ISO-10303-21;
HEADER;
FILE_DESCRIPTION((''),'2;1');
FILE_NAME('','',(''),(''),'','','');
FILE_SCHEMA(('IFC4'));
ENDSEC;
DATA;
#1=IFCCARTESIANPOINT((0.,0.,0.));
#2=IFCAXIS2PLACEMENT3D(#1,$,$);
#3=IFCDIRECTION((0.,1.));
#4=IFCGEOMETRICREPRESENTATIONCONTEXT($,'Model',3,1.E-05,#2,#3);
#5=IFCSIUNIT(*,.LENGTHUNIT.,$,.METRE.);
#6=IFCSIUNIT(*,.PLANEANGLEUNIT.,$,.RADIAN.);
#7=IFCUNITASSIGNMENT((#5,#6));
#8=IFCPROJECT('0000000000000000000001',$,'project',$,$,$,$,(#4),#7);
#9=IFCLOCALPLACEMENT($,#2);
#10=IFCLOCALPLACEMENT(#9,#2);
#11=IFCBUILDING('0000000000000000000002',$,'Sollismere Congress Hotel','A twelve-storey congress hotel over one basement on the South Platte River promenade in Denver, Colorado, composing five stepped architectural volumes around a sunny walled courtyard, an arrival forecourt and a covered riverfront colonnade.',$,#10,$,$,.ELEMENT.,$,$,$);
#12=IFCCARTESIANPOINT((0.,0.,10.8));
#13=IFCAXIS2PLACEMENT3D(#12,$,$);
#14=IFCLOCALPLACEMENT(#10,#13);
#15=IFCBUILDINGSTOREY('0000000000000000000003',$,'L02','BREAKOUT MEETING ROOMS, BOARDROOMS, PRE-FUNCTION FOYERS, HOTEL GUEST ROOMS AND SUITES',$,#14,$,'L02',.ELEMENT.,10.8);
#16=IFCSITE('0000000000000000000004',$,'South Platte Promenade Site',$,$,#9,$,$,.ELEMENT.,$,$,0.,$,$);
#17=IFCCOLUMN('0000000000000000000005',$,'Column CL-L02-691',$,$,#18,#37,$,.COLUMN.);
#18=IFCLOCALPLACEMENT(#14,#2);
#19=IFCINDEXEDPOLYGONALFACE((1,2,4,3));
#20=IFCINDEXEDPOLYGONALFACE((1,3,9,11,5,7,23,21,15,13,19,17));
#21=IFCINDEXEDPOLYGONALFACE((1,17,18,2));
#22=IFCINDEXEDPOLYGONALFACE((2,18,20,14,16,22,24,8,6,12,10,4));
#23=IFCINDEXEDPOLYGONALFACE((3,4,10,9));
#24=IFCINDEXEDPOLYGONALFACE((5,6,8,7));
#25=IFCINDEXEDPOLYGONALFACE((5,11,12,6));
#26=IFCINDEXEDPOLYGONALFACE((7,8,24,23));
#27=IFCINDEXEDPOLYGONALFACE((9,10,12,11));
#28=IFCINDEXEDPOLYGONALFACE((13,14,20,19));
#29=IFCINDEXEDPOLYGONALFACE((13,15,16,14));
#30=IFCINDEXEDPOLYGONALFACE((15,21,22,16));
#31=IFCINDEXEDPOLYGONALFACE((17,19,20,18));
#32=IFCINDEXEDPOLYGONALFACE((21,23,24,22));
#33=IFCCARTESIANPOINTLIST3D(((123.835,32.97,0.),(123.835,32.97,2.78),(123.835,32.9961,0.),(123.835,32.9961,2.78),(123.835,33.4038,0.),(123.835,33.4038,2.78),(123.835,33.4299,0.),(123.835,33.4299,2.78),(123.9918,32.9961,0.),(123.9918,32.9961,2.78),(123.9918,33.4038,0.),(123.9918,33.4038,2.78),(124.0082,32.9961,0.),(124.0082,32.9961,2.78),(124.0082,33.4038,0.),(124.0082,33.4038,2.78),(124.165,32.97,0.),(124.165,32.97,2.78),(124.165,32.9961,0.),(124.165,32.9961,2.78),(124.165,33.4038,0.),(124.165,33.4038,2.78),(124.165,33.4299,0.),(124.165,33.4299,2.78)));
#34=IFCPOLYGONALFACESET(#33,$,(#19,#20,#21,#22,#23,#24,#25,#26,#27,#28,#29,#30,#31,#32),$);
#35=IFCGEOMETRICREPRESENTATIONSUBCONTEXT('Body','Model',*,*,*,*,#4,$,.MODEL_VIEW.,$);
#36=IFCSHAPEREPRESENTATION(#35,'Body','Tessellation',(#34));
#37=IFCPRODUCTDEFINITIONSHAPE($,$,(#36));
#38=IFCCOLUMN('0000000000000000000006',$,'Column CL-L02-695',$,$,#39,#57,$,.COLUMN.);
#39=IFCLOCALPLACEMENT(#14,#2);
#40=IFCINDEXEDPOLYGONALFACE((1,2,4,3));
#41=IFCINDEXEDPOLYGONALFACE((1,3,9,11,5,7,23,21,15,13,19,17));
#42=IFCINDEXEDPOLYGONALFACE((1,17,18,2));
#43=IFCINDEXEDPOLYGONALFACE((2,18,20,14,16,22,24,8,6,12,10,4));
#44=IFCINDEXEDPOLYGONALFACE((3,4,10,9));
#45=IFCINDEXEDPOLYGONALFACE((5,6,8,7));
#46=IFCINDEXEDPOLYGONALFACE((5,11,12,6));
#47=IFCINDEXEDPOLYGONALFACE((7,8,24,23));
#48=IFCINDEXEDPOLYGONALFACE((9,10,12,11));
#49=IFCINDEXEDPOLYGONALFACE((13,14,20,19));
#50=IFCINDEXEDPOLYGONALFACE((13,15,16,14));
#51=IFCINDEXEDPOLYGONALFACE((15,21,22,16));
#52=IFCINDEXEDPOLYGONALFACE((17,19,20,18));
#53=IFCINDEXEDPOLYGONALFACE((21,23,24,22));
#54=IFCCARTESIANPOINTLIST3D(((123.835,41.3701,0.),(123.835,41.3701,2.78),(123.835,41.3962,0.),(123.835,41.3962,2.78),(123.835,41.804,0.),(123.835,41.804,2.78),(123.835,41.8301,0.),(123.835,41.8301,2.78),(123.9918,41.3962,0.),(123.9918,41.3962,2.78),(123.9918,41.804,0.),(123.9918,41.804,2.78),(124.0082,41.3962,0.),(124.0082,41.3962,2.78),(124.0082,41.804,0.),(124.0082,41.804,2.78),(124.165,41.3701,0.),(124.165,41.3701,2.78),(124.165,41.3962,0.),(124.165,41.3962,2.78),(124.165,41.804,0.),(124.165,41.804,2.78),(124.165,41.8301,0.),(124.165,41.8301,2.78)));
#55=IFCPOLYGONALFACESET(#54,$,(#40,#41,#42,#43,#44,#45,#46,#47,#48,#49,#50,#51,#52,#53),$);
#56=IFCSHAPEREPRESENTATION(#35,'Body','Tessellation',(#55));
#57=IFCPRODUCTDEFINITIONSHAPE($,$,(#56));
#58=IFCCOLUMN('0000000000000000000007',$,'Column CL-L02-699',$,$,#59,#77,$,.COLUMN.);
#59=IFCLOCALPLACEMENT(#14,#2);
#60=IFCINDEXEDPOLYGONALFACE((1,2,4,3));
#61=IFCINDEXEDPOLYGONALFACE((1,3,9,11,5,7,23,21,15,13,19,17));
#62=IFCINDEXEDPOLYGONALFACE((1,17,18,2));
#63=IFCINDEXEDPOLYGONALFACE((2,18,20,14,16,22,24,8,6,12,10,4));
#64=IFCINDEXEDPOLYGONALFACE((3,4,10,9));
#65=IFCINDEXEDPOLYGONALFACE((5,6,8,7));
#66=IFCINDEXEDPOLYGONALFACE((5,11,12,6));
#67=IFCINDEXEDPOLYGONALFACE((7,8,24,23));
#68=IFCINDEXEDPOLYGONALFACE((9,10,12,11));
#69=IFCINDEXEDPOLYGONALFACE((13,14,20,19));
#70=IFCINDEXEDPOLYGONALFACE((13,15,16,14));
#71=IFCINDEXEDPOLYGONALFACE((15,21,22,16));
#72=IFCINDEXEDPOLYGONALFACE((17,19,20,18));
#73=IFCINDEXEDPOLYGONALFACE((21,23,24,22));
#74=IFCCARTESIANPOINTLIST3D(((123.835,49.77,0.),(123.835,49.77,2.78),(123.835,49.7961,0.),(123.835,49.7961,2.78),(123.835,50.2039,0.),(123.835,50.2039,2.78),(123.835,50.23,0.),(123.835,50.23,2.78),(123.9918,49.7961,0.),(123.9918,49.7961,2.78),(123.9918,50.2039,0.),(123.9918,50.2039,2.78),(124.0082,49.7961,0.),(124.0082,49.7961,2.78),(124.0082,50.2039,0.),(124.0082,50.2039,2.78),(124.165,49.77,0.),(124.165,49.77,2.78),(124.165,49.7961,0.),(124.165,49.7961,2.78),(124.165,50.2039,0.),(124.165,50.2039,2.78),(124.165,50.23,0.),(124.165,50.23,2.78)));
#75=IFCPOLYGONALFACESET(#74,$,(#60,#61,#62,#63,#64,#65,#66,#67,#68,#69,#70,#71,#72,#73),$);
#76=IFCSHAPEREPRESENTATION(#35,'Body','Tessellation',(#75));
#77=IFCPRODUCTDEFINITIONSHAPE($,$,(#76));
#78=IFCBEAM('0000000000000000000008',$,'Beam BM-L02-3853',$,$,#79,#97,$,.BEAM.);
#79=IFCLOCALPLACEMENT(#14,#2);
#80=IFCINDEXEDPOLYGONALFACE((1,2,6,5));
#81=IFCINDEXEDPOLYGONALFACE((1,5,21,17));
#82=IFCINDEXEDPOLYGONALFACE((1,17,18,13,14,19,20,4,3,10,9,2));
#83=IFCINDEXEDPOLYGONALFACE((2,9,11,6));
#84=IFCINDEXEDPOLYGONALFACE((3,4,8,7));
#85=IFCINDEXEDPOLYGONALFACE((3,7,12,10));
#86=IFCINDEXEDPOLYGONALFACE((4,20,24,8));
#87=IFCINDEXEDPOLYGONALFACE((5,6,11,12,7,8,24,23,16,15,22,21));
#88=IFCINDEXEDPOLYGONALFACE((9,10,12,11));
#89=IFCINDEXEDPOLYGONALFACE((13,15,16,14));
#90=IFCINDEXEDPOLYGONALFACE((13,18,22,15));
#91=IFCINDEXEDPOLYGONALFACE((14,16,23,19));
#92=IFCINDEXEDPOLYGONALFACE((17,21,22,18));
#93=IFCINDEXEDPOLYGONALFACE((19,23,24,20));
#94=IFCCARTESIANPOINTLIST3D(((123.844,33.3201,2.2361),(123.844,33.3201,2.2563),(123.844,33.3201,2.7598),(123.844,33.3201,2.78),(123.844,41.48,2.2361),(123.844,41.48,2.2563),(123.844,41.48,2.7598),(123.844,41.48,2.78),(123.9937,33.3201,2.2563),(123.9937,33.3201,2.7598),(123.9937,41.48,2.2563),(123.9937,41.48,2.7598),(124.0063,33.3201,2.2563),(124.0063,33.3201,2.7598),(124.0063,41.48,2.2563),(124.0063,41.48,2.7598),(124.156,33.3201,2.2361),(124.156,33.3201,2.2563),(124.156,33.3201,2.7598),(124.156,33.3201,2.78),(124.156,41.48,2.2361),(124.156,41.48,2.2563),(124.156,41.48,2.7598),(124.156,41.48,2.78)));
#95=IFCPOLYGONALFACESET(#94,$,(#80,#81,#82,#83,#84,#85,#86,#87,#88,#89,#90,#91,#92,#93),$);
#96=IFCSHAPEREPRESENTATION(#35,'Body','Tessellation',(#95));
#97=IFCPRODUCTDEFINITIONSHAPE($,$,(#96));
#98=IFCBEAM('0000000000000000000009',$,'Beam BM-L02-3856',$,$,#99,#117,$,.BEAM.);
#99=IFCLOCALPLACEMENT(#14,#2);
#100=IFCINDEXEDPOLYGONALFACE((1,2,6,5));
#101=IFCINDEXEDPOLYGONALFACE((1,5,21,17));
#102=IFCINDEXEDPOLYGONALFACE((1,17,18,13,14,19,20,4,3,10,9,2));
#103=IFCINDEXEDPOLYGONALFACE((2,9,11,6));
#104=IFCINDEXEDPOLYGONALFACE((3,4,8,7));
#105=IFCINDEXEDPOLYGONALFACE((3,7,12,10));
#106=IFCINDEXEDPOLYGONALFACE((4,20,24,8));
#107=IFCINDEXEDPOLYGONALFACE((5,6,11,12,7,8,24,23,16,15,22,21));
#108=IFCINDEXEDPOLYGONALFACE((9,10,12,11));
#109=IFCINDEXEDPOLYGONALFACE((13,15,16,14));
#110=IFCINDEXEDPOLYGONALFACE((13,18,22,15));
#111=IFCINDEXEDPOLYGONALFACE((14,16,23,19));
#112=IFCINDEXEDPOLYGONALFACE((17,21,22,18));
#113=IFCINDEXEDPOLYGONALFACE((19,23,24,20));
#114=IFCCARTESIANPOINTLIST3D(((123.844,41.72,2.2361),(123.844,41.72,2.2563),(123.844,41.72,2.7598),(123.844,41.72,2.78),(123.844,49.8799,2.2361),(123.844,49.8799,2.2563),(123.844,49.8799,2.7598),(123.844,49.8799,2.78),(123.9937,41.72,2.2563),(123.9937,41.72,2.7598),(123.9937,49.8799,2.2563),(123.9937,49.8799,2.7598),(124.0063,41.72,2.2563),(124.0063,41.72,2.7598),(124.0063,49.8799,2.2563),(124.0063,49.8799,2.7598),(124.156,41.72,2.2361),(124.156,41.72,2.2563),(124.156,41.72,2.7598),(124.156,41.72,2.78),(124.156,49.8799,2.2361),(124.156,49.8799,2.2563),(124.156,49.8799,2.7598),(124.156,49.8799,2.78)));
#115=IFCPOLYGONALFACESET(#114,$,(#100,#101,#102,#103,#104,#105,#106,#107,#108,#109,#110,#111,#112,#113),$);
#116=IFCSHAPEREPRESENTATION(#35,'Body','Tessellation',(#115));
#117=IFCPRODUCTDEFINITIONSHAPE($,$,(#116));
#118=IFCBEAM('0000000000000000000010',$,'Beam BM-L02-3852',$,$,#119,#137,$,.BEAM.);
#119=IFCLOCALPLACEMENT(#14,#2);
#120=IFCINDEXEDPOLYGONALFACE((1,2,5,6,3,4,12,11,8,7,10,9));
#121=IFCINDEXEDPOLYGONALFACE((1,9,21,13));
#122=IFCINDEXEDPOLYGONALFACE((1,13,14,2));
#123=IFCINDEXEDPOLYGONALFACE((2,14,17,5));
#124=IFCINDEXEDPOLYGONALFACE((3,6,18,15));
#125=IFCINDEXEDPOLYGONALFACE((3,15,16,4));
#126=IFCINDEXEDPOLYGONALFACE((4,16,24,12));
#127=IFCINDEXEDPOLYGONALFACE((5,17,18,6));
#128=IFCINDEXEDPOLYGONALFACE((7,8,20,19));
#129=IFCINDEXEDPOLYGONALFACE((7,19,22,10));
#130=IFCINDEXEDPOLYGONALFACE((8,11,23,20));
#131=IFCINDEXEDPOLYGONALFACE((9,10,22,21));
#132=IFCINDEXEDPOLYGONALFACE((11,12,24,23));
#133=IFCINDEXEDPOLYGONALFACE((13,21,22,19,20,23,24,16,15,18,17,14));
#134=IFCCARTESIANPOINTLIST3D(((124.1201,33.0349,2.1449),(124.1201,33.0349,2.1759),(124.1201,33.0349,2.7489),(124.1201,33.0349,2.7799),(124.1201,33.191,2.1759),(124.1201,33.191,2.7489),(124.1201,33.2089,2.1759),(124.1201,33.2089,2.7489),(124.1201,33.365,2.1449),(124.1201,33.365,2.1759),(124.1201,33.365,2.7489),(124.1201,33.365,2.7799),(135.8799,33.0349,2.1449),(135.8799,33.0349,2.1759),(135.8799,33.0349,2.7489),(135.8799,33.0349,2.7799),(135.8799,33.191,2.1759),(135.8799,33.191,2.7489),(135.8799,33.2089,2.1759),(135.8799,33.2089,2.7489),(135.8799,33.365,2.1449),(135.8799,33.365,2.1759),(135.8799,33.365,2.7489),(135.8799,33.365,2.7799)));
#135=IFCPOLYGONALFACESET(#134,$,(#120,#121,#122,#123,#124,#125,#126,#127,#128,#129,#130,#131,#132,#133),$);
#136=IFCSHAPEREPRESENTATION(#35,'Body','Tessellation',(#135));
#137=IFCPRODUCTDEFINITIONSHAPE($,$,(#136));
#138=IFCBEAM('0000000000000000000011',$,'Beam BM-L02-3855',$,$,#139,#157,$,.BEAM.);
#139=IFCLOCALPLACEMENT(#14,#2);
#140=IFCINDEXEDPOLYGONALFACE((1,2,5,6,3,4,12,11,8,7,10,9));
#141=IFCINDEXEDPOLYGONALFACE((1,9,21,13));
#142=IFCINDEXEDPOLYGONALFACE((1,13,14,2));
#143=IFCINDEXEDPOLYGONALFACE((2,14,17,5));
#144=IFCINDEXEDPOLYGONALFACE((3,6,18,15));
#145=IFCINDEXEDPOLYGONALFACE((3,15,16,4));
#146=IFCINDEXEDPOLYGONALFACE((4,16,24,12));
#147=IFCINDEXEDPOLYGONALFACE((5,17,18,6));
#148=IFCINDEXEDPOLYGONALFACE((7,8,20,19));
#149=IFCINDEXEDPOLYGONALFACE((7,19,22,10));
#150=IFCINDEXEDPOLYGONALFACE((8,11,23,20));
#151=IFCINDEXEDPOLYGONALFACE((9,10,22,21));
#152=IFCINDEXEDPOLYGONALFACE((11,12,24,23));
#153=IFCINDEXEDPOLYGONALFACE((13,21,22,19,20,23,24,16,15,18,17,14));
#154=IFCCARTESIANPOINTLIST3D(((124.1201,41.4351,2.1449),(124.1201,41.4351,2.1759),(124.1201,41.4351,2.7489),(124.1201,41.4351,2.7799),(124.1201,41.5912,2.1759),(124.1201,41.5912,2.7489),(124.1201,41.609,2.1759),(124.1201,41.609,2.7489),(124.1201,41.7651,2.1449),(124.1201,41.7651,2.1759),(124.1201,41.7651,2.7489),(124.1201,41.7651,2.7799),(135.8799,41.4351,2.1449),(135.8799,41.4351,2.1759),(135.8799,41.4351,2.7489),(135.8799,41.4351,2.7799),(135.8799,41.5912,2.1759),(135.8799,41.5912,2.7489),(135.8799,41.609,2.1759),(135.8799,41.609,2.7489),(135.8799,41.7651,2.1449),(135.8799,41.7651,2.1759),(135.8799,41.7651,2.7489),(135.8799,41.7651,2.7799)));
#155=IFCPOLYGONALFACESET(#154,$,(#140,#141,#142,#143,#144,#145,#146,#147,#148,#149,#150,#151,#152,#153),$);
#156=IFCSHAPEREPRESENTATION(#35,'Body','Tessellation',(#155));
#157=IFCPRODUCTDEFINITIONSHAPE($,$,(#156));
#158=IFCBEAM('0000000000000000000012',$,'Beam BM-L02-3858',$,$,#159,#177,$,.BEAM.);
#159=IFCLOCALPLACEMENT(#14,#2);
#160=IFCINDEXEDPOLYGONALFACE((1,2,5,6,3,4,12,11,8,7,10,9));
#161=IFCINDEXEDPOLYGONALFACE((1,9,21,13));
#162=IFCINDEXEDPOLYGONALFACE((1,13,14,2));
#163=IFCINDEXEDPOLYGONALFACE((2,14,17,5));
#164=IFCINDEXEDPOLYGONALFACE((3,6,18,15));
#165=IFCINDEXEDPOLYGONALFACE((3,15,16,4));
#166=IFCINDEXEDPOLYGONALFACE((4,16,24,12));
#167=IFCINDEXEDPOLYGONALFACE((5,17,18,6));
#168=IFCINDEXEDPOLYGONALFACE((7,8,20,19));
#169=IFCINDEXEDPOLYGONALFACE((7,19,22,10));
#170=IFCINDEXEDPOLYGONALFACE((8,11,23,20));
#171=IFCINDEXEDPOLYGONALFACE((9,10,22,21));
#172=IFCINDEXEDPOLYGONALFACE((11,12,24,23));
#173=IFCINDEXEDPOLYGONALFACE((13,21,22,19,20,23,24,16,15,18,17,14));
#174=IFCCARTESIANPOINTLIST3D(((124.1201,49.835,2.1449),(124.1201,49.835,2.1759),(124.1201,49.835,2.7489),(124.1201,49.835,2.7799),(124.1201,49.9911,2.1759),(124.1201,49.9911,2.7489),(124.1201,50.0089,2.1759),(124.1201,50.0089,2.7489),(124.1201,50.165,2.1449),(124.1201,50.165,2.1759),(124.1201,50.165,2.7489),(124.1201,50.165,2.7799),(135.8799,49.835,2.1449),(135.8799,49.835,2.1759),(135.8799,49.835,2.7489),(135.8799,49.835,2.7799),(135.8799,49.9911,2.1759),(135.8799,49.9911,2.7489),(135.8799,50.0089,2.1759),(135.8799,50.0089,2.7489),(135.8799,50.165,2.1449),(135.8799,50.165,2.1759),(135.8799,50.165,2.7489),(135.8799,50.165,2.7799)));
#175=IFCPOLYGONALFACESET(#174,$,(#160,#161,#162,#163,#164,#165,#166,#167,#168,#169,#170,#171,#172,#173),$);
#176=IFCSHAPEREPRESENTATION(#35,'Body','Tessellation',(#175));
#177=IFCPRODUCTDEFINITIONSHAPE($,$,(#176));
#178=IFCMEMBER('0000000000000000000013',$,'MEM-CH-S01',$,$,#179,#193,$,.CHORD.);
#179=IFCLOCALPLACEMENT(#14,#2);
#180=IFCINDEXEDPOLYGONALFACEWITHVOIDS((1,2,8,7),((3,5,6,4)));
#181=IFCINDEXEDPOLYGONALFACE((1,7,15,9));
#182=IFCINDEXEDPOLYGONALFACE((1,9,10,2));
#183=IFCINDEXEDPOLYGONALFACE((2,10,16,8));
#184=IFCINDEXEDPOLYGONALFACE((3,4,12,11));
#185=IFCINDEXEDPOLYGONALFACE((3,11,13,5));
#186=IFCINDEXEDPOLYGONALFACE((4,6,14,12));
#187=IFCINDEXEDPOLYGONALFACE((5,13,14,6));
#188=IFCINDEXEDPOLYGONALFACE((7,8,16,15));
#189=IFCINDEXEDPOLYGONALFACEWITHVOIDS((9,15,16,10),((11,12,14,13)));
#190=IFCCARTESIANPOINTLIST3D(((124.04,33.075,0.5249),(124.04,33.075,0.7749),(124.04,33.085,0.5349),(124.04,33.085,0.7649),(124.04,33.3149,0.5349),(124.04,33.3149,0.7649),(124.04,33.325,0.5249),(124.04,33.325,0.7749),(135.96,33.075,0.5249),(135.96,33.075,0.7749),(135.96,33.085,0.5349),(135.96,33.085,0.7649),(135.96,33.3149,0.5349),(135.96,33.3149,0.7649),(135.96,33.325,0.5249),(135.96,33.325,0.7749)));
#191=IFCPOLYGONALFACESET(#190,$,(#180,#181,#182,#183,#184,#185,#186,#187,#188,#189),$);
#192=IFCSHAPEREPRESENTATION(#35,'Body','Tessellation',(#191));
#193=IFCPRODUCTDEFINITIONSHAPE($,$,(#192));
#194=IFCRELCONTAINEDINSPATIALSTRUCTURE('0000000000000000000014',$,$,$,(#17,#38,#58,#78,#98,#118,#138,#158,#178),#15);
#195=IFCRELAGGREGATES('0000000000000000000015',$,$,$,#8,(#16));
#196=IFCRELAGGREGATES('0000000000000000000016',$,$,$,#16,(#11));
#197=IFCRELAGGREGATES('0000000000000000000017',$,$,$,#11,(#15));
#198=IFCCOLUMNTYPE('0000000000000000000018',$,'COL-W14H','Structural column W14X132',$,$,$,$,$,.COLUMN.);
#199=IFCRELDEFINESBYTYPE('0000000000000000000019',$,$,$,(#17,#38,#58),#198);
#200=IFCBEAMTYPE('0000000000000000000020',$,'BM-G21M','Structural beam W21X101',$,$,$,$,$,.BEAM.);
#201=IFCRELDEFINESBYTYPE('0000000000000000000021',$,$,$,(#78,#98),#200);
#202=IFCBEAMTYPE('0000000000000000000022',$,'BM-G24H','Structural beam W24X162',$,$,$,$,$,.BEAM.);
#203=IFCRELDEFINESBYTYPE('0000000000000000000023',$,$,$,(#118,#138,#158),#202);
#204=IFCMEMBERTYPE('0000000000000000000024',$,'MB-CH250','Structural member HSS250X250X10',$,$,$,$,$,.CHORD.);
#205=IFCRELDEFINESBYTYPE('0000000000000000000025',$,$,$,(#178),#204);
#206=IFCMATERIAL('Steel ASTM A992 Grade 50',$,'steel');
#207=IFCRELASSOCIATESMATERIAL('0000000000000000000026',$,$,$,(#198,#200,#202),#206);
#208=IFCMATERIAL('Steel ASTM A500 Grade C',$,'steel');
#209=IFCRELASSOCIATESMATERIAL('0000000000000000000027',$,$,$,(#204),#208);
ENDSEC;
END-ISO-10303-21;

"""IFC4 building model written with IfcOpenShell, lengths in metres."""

from ifc_helpers import new_model, si_unit, direction, frame, origin, origin_2d, place, context, subcontext, project, spatial, hollow_rectangle, i_section, extrude, material, material_profile, profile_set, type_object, element, save


model = new_model("IFC4")

# Units and contexts
model_context = context("Model", 3, precision=1e-05, world=origin(), true_north=direction((0.0, 1.0)))
body_context = subcontext(model_context, "Body", "Model", "MODEL_VIEW")
ifc_project = project(units=[si_unit("LENGTHUNIT", "METRE"), si_unit("PLANEANGLEUNIT", "RADIAN")], contexts=[model_context])

# Site, building, storey
site_placement = place(None, origin())
site = spatial("IfcSite", under=ifc_project, at=site_placement, Name="South Platte Promenade Site", CompositionType="ELEMENT", RefElevation=0.0)
building_placement = place(site_placement, origin())
building = spatial("IfcBuilding", under=site, at=building_placement, Name="Sollismere Congress Hotel", Description="A twelve-storey congress hotel over one basement on the South Platte River promenade in Denver, Colorado, composing five stepped architectural volumes around a sunny walled courtyard, an arrival forecourt and a covered riverfront colonnade.", CompositionType="ELEMENT")
storey_placement = place(building_placement, frame((0.0, 0.0, 10.8)))
storey = spatial("IfcBuildingStorey", under=building, at=storey_placement, Name="L02", Description="BREAKOUT MEETING ROOMS, BOARDROOMS, PRE-FUNCTION FOYERS, HOTEL GUEST ROOMS AND SUITES", LongName="L02", CompositionType="ELEMENT", Elevation=10.8)

# Columns
ifc_material_1 = material(Name="Steel ASTM A992 Grade 50", Category="steel")
ifc_material_profile_1 = material_profile(ifc_material_1, i_section(OverallWidth=0.3301, OverallDepth=0.46, WebThickness=0.0164, FlangeThickness=0.0261, at=origin_2d()), Name="W14X132")
ifc_profile_set_1 = profile_set([ifc_material_profile_1], Name="Steel ASTM A992 Grade 50")
column_type = type_object("IfcColumnType", Name="COL-W14H", Description="Structural column W14X132", PredefinedType="COLUMN", material=ifc_profile_set_1)
for number, where, z_axis, x_axis, name in (
    (1, (124.0, 33.2, 0.0), (0.0, 0.0, 1.0), (1.0, 0.0, 0.0), "Column CL-L02-691"),
    (2, (124.0, 41.6001, 0.0), (0.0, 0.0, 1.0), (1.0, 0.0, 0.0), "Column CL-L02-695"),
    (3, (124.0, 50.0, 0.0), (0.0, 0.0, 1.0), (1.0, 0.0, 0.0), "Column CL-L02-699"),
):
    element("IfcColumn", number, at=place(storey_placement, frame(where, z_axis=z_axis, x_axis=x_axis)), inside=storey, type_object=column_type, Name=name, PredefinedType="COLUMN", context=body_context, shape_type="SweptSolid", body=[
        extrude(i_section(OverallWidth=0.3301, OverallDepth=0.46, WebThickness=0.0164, FlangeThickness=0.0261, at=origin_2d()), origin(), (0.0, 0.0, 1.0), 2.78),
    ])

# Beams
ifc_material_profile_2 = material_profile(ifc_material_1, i_section(OverallWidth=0.312, OverallDepth=0.5439, WebThickness=0.0127, FlangeThickness=0.0203, at=origin_2d()), Name="W21X101")
ifc_profile_set_2 = profile_set([ifc_material_profile_2], Name="Steel ASTM A992 Grade 50")
beam_type_1 = type_object("IfcBeamType", Name="BM-G21M", Description="Structural beam W21X101", PredefinedType="BEAM", material=ifc_profile_set_2)
for number, where, z_axis, x_axis, name in (
    (4, (124.0, 33.3201, 2.5081), (0.0, 1.0, 0.0), (-1.0, 0.0, 0.0), "Beam BM-L02-3853"),
    (5, (124.0, 41.72, 2.5081), (0.0, 1.0, 0.0), (-1.0, 0.0, 0.0), "Beam BM-L02-3856"),
):
    element("IfcBeam", number, at=place(storey_placement, frame(where, z_axis=z_axis, x_axis=x_axis)), inside=storey, type_object=beam_type_1, Name=name, PredefinedType="BEAM", context=body_context, shape_type="SweptSolid", body=[
        extrude(i_section(OverallWidth=0.312, OverallDepth=0.5439, WebThickness=0.0127, FlangeThickness=0.0203, at=origin_2d()), origin(), (0.0, 0.0, 1.0), 8.1599),
    ])
ifc_material_profile_3 = material_profile(ifc_material_1, i_section(OverallWidth=0.3301, OverallDepth=0.635, WebThickness=0.0178, FlangeThickness=0.031, at=origin_2d()), Name="W24X162")
ifc_profile_set_3 = profile_set([ifc_material_profile_3], Name="Steel ASTM A992 Grade 50")
beam_type_2 = type_object("IfcBeamType", Name="BM-G24H", Description="Structural beam W24X162", PredefinedType="BEAM", material=ifc_profile_set_3)
for number, where, z_axis, x_axis, name in (
    (6, (124.1201, 33.2, 2.4624), (1.0, 0.0, 0.0), (0.0, 1.0, 0.0), "Beam BM-L02-3852"),
    (7, (124.1201, 41.6001, 2.4624), (1.0, 0.0, 0.0), (0.0, 1.0, 0.0), "Beam BM-L02-3855"),
    (8, (124.1201, 50.0, 2.4624), (1.0, 0.0, 0.0), (0.0, 1.0, 0.0), "Beam BM-L02-3858"),
):
    element("IfcBeam", number, at=place(storey_placement, frame(where, z_axis=z_axis, x_axis=x_axis)), inside=storey, type_object=beam_type_2, Name=name, PredefinedType="BEAM", context=body_context, shape_type="SweptSolid", body=[
        extrude(i_section(OverallWidth=0.3301, OverallDepth=0.635, WebThickness=0.0178, FlangeThickness=0.031, at=origin_2d()), origin(), (0.0, 0.0, 1.0), 11.7598),
    ])

# Member
ifc_material_2 = material(Name="Steel ASTM A500 Grade C", Category="steel")
ifc_material_profile_4 = material_profile(ifc_material_2, hollow_rectangle(XDim=0.25, YDim=0.25, WallThickness=0.01, at=origin_2d()), Name="HSS250X250X10")
ifc_profile_set_4 = profile_set([ifc_material_profile_4], Name="Steel ASTM A500 Grade C")
member_type_1 = type_object("IfcMemberType", Name="MB-CH250", Description="Structural member HSS250X250X10", PredefinedType="CHORD", material=ifc_profile_set_4)
for number, where, z_axis, x_axis, name in (
    (9, (124.04, 33.2, 0.6499), (1.0, 0.0, 0.0), (0.0, 1.0, 0.0), "MEM-CH-S01"),
):
    element("IfcMember", number, at=place(storey_placement, frame(where, z_axis=z_axis, x_axis=x_axis)), inside=storey, type_object=member_type_1, Name=name, PredefinedType="CHORD", context=body_context, shape_type="SweptSolid", body=[
        extrude(hollow_rectangle(XDim=0.25, YDim=0.25, WallThickness=0.01, at=origin_2d()), origin(), (0.0, 0.0, 1.0), 11.9199),
    ])

save(model, "model.ifc")
